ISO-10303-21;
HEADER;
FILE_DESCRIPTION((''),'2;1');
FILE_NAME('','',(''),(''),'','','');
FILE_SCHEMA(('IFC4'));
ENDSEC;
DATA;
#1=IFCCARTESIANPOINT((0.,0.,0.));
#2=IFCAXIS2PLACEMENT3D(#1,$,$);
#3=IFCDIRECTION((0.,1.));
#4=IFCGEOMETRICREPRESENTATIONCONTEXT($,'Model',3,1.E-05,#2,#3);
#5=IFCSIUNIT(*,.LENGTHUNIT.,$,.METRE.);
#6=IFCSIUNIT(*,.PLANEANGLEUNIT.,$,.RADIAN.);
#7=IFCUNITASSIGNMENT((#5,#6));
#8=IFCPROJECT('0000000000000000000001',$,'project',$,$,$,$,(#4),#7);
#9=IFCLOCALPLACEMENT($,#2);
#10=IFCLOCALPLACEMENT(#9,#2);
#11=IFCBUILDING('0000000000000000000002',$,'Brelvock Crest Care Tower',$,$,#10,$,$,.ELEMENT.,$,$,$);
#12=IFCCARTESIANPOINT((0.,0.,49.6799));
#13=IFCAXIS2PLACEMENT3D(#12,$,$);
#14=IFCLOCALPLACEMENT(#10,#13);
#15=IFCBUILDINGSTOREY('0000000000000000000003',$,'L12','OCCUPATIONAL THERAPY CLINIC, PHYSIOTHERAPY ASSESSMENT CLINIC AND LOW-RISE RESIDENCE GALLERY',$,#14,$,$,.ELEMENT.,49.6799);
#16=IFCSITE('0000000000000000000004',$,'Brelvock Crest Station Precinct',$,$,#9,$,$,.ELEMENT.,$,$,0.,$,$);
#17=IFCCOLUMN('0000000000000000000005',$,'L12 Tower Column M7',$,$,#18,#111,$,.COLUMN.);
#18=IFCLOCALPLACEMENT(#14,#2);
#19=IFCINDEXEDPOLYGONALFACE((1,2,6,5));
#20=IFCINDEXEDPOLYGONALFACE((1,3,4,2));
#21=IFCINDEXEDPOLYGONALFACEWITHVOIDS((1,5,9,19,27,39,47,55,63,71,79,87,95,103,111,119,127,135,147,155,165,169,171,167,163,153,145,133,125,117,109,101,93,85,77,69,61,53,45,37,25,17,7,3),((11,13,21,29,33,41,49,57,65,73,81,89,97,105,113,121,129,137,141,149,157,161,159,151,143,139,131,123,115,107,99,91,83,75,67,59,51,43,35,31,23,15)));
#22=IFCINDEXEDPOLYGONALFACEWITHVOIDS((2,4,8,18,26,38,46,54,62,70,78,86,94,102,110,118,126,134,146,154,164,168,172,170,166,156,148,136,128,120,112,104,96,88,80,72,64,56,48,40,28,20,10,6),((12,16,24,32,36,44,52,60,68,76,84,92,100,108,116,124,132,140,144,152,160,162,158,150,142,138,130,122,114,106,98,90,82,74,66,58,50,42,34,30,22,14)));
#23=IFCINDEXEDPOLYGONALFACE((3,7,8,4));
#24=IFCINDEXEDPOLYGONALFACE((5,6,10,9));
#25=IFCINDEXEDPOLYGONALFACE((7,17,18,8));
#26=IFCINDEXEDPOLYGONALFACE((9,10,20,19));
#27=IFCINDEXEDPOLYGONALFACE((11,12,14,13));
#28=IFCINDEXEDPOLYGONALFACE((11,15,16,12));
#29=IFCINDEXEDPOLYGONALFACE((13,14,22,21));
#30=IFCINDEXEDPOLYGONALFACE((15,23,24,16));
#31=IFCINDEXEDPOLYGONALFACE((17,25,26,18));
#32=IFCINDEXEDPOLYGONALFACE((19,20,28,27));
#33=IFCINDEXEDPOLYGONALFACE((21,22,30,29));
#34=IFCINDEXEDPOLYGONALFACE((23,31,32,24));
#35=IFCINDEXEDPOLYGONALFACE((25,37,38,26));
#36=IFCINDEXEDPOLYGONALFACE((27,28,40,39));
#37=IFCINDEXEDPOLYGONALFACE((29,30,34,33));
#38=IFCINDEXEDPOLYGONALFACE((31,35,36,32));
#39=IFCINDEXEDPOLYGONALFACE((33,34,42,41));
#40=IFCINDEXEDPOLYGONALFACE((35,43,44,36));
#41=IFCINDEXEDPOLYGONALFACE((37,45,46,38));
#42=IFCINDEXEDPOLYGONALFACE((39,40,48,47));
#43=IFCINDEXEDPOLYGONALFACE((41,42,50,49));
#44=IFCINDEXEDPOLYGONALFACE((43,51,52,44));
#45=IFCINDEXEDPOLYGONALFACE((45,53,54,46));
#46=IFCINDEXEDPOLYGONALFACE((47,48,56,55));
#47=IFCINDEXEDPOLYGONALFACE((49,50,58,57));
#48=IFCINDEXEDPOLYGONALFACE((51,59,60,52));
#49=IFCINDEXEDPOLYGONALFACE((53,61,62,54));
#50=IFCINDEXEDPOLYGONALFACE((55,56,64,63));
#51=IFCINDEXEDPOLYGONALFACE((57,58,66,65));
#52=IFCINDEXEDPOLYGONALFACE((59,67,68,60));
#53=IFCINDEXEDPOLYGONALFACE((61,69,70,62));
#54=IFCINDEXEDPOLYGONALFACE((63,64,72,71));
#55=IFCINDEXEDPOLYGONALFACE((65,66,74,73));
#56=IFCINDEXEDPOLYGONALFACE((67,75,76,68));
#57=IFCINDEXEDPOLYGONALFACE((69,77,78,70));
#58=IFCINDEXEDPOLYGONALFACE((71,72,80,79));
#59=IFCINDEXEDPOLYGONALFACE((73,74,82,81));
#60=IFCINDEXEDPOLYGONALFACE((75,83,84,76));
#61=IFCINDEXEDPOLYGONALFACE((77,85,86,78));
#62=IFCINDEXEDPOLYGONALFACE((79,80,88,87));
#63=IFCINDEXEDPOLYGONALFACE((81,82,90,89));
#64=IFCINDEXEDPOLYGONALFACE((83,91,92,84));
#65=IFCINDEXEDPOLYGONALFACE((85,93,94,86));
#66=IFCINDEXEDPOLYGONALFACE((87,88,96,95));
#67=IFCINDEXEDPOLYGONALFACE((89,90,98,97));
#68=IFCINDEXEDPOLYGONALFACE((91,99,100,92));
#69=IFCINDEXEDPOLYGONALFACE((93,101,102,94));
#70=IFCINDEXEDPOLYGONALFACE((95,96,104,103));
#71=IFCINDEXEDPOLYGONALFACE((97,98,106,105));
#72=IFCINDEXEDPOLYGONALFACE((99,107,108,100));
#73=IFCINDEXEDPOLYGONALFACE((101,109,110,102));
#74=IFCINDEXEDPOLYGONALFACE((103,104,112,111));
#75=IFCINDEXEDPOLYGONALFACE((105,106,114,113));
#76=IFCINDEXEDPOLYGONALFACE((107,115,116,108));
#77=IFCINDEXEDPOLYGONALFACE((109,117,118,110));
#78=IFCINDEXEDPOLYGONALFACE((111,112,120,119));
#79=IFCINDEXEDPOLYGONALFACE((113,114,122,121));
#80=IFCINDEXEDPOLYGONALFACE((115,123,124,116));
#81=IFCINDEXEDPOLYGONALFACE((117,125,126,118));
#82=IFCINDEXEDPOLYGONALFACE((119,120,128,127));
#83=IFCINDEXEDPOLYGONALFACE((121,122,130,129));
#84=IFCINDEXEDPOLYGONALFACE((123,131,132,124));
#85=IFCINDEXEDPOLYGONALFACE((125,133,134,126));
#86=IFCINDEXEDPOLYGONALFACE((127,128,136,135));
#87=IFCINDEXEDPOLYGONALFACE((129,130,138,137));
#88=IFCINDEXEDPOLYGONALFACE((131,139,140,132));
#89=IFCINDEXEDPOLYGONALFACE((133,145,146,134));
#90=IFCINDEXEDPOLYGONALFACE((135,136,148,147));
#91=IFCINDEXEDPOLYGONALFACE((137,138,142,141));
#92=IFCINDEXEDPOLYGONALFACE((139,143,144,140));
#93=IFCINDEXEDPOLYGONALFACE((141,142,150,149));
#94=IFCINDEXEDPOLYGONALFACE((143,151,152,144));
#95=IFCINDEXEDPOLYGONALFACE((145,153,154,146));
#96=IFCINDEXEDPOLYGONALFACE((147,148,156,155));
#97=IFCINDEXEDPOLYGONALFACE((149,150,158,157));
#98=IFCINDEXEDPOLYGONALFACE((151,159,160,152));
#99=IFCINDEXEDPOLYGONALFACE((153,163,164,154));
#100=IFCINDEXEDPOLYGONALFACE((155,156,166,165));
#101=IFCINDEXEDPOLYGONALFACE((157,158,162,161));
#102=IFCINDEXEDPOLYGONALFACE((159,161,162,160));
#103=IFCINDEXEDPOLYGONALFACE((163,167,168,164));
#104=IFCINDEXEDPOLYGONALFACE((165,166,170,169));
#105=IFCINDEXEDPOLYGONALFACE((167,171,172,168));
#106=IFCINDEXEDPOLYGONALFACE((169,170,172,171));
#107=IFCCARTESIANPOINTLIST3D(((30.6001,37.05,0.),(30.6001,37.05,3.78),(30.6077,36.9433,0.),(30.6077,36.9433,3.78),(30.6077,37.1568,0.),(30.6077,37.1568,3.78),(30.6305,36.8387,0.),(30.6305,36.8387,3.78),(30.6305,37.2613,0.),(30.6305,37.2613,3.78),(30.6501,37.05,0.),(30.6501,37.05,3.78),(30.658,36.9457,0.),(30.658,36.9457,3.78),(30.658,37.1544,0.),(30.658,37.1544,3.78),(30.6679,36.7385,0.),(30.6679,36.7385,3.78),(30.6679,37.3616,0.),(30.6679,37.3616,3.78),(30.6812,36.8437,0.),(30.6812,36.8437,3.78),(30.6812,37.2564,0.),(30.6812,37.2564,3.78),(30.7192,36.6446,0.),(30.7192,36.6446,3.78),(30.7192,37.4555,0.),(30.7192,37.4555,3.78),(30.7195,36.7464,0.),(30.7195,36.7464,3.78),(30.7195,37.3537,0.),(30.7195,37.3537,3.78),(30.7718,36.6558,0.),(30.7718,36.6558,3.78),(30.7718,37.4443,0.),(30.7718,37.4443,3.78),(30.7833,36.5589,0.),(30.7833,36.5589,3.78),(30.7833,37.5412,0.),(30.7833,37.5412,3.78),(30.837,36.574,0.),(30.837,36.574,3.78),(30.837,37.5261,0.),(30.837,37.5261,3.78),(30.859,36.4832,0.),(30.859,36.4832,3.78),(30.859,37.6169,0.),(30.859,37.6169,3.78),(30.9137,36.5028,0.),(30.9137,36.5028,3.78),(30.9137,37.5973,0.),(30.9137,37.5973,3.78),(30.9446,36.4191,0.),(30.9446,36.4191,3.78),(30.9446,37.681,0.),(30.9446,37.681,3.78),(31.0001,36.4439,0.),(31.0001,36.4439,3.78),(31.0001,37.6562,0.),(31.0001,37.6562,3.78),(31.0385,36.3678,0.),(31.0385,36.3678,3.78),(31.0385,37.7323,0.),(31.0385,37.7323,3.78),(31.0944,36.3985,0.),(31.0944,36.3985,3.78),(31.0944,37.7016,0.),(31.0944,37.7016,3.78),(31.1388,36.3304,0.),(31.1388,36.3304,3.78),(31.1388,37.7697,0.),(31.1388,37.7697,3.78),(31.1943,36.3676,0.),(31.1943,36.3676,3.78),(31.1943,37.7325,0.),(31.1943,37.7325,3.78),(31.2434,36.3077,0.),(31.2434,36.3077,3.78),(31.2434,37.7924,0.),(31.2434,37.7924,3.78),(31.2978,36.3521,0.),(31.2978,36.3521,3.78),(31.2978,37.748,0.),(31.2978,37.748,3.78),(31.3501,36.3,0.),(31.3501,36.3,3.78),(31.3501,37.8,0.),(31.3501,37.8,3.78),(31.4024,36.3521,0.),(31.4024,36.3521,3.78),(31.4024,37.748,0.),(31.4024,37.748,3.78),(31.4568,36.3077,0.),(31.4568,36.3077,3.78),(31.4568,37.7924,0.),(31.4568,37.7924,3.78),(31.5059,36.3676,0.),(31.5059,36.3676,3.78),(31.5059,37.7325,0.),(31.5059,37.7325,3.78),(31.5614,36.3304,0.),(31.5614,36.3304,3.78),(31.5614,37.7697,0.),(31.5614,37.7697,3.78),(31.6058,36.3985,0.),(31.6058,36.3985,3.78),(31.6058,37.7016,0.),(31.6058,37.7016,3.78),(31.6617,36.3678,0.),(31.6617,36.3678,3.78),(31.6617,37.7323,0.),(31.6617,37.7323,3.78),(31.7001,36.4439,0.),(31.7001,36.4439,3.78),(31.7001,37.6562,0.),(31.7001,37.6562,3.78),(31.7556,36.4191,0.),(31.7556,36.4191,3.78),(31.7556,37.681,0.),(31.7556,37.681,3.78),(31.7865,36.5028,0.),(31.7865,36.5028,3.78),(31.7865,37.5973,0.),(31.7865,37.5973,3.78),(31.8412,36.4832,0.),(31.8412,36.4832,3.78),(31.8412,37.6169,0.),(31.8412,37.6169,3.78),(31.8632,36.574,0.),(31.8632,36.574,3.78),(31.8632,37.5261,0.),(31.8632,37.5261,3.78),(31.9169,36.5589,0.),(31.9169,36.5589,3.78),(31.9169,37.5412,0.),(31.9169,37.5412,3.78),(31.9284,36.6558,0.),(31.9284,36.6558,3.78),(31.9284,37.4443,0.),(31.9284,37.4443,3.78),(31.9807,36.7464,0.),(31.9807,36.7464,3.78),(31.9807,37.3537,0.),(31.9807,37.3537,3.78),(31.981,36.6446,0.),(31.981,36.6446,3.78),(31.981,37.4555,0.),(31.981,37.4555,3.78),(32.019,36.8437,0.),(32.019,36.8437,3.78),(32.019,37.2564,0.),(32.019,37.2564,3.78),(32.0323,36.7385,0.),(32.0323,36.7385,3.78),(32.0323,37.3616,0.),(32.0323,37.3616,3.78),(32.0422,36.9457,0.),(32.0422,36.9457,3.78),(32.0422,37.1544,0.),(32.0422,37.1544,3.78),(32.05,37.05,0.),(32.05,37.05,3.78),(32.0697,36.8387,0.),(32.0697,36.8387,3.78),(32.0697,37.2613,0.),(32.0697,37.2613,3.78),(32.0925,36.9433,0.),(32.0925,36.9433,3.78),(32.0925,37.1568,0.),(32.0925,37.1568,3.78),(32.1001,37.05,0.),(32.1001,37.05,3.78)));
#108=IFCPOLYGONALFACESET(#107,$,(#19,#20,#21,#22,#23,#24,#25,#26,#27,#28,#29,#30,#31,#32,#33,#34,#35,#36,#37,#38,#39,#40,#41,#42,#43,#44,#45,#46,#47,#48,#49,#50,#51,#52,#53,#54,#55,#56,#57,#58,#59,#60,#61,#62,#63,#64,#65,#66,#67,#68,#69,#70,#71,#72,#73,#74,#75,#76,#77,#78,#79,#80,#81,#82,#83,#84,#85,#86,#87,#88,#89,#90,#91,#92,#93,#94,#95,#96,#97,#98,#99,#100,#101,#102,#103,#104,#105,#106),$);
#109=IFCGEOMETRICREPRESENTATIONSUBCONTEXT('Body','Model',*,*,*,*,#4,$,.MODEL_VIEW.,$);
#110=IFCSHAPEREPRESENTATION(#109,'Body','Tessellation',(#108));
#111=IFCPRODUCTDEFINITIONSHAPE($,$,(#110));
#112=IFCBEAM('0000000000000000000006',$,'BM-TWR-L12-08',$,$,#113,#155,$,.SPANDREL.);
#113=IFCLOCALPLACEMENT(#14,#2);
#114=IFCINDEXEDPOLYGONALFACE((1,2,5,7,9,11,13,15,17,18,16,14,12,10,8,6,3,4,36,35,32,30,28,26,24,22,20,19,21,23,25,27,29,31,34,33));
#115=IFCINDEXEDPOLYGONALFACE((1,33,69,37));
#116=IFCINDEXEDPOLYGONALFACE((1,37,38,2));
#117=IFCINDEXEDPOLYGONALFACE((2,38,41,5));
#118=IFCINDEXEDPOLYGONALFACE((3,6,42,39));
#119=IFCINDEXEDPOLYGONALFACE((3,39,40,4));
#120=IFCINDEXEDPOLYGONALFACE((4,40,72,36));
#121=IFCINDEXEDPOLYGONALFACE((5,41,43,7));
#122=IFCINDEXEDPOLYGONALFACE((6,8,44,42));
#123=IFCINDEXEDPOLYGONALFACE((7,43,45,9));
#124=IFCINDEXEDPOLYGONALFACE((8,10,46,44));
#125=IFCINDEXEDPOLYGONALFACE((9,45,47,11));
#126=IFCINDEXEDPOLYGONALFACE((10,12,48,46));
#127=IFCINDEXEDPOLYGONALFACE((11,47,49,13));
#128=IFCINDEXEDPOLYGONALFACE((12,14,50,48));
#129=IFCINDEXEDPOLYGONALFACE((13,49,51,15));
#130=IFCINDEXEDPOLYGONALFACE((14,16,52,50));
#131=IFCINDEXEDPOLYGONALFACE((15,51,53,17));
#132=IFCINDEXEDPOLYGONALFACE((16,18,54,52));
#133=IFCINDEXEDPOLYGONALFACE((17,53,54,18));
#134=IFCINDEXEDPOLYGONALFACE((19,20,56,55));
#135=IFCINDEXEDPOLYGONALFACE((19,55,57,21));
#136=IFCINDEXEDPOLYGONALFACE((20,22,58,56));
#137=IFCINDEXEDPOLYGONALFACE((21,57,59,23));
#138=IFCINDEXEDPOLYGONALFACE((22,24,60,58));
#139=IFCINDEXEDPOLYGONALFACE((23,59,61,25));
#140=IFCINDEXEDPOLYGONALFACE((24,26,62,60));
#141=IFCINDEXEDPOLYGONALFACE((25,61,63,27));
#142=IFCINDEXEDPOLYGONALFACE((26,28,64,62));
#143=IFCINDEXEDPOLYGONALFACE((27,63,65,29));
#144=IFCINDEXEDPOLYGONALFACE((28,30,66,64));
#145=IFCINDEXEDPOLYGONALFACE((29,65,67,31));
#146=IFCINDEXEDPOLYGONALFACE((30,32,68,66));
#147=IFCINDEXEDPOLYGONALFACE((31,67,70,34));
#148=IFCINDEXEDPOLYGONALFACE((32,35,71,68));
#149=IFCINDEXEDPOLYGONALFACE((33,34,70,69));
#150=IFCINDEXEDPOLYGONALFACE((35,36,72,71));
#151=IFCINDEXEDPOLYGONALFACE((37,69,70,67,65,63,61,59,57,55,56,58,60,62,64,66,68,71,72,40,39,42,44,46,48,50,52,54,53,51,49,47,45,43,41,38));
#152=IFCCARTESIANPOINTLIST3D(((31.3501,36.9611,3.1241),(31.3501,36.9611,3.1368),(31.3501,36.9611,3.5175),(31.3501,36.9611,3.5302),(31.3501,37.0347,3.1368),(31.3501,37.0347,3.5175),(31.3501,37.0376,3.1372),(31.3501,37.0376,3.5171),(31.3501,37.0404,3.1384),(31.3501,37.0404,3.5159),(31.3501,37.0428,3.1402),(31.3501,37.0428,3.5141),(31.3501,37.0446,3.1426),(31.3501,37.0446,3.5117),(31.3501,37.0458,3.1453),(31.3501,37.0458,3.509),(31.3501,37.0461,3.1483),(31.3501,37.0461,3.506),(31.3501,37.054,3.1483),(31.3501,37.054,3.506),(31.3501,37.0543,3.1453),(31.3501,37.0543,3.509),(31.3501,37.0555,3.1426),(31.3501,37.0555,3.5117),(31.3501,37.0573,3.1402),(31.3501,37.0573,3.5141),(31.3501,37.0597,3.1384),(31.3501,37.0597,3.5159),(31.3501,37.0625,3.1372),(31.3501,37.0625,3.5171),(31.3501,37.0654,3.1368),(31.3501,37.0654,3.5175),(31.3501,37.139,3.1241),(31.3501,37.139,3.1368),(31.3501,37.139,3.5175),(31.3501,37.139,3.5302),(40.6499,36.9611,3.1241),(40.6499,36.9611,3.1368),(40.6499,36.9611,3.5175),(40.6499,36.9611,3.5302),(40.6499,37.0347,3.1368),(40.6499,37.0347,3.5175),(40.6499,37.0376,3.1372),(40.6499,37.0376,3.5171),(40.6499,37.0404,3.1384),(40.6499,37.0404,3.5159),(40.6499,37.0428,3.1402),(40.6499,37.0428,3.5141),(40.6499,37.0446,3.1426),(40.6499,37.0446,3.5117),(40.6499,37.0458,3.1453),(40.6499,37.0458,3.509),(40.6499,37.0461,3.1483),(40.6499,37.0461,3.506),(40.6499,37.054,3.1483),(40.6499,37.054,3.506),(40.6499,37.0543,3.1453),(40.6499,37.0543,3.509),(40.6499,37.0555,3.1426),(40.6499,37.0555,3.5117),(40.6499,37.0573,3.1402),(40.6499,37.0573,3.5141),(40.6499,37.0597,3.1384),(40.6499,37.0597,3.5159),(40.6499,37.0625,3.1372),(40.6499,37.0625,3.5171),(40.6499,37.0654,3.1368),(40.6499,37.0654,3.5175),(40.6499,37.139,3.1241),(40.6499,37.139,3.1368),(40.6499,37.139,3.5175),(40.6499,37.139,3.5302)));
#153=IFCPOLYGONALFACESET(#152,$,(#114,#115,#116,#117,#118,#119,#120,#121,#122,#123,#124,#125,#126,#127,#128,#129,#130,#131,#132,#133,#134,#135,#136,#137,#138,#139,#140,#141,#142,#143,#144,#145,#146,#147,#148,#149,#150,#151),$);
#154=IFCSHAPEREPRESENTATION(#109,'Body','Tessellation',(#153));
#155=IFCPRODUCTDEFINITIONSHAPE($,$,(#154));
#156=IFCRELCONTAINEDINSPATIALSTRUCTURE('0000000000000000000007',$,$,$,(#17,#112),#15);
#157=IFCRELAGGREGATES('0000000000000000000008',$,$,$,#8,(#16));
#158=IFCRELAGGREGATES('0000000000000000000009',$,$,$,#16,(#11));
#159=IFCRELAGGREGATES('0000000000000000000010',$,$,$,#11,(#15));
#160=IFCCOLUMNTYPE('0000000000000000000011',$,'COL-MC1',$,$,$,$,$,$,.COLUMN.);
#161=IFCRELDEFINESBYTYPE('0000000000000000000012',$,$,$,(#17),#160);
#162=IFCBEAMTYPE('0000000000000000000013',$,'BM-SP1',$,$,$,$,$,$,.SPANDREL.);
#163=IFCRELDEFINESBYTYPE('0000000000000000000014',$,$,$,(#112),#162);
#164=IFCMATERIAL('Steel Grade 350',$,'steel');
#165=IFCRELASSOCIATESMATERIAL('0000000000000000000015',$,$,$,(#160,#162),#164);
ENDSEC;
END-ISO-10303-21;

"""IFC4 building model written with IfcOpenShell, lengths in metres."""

from ifc_helpers import new_model, si_unit, direction, frame, origin, origin_2d, place, context, subcontext, project, spatial, hollow_circle, i_section, extrude, source, transform, mapped, material, material_profile, profile_set, type_object, element, save


model = new_model("IFC4")

# Units and contexts
model_context = context("Model", 3, precision=1e-05, world=origin(), true_north=direction((0.0, 1.0)))
body_context = subcontext(model_context, "Body", "Model", "MODEL_VIEW")
ifc_project = project(units=[si_unit("LENGTHUNIT", "METRE"), si_unit("PLANEANGLEUNIT", "RADIAN")], contexts=[model_context])

# Site, building, storey
site_placement = place(None, origin())
site = spatial("IfcSite", under=ifc_project, at=site_placement, Name="Brelvock Crest Station Precinct", CompositionType="ELEMENT", RefElevation=0.0)
building_placement = place(site_placement, origin())
building = spatial("IfcBuilding", under=site, at=building_placement, Name="Brelvock Crest Care Tower", CompositionType="ELEMENT")
storey_placement = place(building_placement, frame((0.0, 0.0, 49.6799)))
storey = spatial("IfcBuildingStorey", under=building, at=storey_placement, Name="L12", Description="OCCUPATIONAL THERAPY CLINIC, PHYSIOTHERAPY ASSESSMENT CLINIC AND LOW-RISE RESIDENCE GALLERY", CompositionType="ELEMENT", Elevation=49.6799)

# Column
ifc_material_1 = material(Name="Steel Grade 350", Category="steel")
ifc_material_profile_1 = material_profile(ifc_material_1, hollow_circle(Radius=0.75, WallThickness=0.05, at=origin_2d()), Name="CFT1500x50")
ifc_profile_set_1 = profile_set([ifc_material_profile_1], Name="Steel Grade 350")
column_type = type_object("IfcColumnType", Name="COL-MC1", PredefinedType="COLUMN", material=ifc_profile_set_1)
shared_shape_1 = source(origin(), body_context, "Body", "SweptSolid", [
    extrude(hollow_circle(Radius=0.75, WallThickness=0.05, at=origin_2d()), origin(), (0.0, 0.0, 1.0), 3.78),
])
column_placement = place(storey_placement, frame((31.3501, 37.05, 0.0), z_axis=(0.0, 0.0, 1.0), x_axis=(1.0, 0.0, 0.0)))
element("IfcColumn", 1, at=column_placement, inside=storey, type_object=column_type, Name="L12 Tower Column M7", PredefinedType="COLUMN", context=body_context, shape_type="MappedRepresentation", body=[
    mapped(shared_shape_1, transform((0.0, 0.0, 0.0), x_axis=(1.0, 0.0, 0.0), y_axis=(0.0, 1.0, 0.0), z_axis=(0.0, 0.0, 1.0), scale=1.0)),
])

# Beam
ifc_material_profile_2 = material_profile(ifc_material_1, i_section(OverallWidth=0.178, OverallDepth=0.406, WebThickness=0.0078, FlangeThickness=0.0127, FilletRadius=0.0115, at=origin_2d()), Name="410UB59.7")
ifc_profile_set_2 = profile_set([ifc_material_profile_2], Name="Steel Grade 350")
beam_type_1 = type_object("IfcBeamType", Name="BM-SP1", PredefinedType="SPANDREL", material=ifc_profile_set_2)
shared_shape_2 = source(origin(), body_context, "Body", "SweptSolid", [
    extrude(i_section(OverallWidth=0.178, OverallDepth=0.406, WebThickness=0.0078, FlangeThickness=0.0127, FilletRadius=0.0115, at=origin_2d()), origin(), (0.0, 0.0, 1.0), 9.2998),
])
beam_1_placement = place(storey_placement, frame((31.3501, 37.05, 3.3271), z_axis=(1.0, 0.0, 0.0), x_axis=(0.0, 1.0, 0.0)))
element("IfcBeam", 2, at=beam_1_placement, inside=storey, type_object=beam_type_1, Name="BM-TWR-L12-08", PredefinedType="SPANDREL", context=body_context, shape_type="MappedRepresentation", body=[
    mapped(shared_shape_2, transform((0.0, 0.0, 0.0), x_axis=(1.0, 0.0, 0.0), y_axis=(0.0, 1.0, 0.0), z_axis=(0.0, 0.0, 1.0), scale=1.0)),
])

save(model, "model.ifc")
